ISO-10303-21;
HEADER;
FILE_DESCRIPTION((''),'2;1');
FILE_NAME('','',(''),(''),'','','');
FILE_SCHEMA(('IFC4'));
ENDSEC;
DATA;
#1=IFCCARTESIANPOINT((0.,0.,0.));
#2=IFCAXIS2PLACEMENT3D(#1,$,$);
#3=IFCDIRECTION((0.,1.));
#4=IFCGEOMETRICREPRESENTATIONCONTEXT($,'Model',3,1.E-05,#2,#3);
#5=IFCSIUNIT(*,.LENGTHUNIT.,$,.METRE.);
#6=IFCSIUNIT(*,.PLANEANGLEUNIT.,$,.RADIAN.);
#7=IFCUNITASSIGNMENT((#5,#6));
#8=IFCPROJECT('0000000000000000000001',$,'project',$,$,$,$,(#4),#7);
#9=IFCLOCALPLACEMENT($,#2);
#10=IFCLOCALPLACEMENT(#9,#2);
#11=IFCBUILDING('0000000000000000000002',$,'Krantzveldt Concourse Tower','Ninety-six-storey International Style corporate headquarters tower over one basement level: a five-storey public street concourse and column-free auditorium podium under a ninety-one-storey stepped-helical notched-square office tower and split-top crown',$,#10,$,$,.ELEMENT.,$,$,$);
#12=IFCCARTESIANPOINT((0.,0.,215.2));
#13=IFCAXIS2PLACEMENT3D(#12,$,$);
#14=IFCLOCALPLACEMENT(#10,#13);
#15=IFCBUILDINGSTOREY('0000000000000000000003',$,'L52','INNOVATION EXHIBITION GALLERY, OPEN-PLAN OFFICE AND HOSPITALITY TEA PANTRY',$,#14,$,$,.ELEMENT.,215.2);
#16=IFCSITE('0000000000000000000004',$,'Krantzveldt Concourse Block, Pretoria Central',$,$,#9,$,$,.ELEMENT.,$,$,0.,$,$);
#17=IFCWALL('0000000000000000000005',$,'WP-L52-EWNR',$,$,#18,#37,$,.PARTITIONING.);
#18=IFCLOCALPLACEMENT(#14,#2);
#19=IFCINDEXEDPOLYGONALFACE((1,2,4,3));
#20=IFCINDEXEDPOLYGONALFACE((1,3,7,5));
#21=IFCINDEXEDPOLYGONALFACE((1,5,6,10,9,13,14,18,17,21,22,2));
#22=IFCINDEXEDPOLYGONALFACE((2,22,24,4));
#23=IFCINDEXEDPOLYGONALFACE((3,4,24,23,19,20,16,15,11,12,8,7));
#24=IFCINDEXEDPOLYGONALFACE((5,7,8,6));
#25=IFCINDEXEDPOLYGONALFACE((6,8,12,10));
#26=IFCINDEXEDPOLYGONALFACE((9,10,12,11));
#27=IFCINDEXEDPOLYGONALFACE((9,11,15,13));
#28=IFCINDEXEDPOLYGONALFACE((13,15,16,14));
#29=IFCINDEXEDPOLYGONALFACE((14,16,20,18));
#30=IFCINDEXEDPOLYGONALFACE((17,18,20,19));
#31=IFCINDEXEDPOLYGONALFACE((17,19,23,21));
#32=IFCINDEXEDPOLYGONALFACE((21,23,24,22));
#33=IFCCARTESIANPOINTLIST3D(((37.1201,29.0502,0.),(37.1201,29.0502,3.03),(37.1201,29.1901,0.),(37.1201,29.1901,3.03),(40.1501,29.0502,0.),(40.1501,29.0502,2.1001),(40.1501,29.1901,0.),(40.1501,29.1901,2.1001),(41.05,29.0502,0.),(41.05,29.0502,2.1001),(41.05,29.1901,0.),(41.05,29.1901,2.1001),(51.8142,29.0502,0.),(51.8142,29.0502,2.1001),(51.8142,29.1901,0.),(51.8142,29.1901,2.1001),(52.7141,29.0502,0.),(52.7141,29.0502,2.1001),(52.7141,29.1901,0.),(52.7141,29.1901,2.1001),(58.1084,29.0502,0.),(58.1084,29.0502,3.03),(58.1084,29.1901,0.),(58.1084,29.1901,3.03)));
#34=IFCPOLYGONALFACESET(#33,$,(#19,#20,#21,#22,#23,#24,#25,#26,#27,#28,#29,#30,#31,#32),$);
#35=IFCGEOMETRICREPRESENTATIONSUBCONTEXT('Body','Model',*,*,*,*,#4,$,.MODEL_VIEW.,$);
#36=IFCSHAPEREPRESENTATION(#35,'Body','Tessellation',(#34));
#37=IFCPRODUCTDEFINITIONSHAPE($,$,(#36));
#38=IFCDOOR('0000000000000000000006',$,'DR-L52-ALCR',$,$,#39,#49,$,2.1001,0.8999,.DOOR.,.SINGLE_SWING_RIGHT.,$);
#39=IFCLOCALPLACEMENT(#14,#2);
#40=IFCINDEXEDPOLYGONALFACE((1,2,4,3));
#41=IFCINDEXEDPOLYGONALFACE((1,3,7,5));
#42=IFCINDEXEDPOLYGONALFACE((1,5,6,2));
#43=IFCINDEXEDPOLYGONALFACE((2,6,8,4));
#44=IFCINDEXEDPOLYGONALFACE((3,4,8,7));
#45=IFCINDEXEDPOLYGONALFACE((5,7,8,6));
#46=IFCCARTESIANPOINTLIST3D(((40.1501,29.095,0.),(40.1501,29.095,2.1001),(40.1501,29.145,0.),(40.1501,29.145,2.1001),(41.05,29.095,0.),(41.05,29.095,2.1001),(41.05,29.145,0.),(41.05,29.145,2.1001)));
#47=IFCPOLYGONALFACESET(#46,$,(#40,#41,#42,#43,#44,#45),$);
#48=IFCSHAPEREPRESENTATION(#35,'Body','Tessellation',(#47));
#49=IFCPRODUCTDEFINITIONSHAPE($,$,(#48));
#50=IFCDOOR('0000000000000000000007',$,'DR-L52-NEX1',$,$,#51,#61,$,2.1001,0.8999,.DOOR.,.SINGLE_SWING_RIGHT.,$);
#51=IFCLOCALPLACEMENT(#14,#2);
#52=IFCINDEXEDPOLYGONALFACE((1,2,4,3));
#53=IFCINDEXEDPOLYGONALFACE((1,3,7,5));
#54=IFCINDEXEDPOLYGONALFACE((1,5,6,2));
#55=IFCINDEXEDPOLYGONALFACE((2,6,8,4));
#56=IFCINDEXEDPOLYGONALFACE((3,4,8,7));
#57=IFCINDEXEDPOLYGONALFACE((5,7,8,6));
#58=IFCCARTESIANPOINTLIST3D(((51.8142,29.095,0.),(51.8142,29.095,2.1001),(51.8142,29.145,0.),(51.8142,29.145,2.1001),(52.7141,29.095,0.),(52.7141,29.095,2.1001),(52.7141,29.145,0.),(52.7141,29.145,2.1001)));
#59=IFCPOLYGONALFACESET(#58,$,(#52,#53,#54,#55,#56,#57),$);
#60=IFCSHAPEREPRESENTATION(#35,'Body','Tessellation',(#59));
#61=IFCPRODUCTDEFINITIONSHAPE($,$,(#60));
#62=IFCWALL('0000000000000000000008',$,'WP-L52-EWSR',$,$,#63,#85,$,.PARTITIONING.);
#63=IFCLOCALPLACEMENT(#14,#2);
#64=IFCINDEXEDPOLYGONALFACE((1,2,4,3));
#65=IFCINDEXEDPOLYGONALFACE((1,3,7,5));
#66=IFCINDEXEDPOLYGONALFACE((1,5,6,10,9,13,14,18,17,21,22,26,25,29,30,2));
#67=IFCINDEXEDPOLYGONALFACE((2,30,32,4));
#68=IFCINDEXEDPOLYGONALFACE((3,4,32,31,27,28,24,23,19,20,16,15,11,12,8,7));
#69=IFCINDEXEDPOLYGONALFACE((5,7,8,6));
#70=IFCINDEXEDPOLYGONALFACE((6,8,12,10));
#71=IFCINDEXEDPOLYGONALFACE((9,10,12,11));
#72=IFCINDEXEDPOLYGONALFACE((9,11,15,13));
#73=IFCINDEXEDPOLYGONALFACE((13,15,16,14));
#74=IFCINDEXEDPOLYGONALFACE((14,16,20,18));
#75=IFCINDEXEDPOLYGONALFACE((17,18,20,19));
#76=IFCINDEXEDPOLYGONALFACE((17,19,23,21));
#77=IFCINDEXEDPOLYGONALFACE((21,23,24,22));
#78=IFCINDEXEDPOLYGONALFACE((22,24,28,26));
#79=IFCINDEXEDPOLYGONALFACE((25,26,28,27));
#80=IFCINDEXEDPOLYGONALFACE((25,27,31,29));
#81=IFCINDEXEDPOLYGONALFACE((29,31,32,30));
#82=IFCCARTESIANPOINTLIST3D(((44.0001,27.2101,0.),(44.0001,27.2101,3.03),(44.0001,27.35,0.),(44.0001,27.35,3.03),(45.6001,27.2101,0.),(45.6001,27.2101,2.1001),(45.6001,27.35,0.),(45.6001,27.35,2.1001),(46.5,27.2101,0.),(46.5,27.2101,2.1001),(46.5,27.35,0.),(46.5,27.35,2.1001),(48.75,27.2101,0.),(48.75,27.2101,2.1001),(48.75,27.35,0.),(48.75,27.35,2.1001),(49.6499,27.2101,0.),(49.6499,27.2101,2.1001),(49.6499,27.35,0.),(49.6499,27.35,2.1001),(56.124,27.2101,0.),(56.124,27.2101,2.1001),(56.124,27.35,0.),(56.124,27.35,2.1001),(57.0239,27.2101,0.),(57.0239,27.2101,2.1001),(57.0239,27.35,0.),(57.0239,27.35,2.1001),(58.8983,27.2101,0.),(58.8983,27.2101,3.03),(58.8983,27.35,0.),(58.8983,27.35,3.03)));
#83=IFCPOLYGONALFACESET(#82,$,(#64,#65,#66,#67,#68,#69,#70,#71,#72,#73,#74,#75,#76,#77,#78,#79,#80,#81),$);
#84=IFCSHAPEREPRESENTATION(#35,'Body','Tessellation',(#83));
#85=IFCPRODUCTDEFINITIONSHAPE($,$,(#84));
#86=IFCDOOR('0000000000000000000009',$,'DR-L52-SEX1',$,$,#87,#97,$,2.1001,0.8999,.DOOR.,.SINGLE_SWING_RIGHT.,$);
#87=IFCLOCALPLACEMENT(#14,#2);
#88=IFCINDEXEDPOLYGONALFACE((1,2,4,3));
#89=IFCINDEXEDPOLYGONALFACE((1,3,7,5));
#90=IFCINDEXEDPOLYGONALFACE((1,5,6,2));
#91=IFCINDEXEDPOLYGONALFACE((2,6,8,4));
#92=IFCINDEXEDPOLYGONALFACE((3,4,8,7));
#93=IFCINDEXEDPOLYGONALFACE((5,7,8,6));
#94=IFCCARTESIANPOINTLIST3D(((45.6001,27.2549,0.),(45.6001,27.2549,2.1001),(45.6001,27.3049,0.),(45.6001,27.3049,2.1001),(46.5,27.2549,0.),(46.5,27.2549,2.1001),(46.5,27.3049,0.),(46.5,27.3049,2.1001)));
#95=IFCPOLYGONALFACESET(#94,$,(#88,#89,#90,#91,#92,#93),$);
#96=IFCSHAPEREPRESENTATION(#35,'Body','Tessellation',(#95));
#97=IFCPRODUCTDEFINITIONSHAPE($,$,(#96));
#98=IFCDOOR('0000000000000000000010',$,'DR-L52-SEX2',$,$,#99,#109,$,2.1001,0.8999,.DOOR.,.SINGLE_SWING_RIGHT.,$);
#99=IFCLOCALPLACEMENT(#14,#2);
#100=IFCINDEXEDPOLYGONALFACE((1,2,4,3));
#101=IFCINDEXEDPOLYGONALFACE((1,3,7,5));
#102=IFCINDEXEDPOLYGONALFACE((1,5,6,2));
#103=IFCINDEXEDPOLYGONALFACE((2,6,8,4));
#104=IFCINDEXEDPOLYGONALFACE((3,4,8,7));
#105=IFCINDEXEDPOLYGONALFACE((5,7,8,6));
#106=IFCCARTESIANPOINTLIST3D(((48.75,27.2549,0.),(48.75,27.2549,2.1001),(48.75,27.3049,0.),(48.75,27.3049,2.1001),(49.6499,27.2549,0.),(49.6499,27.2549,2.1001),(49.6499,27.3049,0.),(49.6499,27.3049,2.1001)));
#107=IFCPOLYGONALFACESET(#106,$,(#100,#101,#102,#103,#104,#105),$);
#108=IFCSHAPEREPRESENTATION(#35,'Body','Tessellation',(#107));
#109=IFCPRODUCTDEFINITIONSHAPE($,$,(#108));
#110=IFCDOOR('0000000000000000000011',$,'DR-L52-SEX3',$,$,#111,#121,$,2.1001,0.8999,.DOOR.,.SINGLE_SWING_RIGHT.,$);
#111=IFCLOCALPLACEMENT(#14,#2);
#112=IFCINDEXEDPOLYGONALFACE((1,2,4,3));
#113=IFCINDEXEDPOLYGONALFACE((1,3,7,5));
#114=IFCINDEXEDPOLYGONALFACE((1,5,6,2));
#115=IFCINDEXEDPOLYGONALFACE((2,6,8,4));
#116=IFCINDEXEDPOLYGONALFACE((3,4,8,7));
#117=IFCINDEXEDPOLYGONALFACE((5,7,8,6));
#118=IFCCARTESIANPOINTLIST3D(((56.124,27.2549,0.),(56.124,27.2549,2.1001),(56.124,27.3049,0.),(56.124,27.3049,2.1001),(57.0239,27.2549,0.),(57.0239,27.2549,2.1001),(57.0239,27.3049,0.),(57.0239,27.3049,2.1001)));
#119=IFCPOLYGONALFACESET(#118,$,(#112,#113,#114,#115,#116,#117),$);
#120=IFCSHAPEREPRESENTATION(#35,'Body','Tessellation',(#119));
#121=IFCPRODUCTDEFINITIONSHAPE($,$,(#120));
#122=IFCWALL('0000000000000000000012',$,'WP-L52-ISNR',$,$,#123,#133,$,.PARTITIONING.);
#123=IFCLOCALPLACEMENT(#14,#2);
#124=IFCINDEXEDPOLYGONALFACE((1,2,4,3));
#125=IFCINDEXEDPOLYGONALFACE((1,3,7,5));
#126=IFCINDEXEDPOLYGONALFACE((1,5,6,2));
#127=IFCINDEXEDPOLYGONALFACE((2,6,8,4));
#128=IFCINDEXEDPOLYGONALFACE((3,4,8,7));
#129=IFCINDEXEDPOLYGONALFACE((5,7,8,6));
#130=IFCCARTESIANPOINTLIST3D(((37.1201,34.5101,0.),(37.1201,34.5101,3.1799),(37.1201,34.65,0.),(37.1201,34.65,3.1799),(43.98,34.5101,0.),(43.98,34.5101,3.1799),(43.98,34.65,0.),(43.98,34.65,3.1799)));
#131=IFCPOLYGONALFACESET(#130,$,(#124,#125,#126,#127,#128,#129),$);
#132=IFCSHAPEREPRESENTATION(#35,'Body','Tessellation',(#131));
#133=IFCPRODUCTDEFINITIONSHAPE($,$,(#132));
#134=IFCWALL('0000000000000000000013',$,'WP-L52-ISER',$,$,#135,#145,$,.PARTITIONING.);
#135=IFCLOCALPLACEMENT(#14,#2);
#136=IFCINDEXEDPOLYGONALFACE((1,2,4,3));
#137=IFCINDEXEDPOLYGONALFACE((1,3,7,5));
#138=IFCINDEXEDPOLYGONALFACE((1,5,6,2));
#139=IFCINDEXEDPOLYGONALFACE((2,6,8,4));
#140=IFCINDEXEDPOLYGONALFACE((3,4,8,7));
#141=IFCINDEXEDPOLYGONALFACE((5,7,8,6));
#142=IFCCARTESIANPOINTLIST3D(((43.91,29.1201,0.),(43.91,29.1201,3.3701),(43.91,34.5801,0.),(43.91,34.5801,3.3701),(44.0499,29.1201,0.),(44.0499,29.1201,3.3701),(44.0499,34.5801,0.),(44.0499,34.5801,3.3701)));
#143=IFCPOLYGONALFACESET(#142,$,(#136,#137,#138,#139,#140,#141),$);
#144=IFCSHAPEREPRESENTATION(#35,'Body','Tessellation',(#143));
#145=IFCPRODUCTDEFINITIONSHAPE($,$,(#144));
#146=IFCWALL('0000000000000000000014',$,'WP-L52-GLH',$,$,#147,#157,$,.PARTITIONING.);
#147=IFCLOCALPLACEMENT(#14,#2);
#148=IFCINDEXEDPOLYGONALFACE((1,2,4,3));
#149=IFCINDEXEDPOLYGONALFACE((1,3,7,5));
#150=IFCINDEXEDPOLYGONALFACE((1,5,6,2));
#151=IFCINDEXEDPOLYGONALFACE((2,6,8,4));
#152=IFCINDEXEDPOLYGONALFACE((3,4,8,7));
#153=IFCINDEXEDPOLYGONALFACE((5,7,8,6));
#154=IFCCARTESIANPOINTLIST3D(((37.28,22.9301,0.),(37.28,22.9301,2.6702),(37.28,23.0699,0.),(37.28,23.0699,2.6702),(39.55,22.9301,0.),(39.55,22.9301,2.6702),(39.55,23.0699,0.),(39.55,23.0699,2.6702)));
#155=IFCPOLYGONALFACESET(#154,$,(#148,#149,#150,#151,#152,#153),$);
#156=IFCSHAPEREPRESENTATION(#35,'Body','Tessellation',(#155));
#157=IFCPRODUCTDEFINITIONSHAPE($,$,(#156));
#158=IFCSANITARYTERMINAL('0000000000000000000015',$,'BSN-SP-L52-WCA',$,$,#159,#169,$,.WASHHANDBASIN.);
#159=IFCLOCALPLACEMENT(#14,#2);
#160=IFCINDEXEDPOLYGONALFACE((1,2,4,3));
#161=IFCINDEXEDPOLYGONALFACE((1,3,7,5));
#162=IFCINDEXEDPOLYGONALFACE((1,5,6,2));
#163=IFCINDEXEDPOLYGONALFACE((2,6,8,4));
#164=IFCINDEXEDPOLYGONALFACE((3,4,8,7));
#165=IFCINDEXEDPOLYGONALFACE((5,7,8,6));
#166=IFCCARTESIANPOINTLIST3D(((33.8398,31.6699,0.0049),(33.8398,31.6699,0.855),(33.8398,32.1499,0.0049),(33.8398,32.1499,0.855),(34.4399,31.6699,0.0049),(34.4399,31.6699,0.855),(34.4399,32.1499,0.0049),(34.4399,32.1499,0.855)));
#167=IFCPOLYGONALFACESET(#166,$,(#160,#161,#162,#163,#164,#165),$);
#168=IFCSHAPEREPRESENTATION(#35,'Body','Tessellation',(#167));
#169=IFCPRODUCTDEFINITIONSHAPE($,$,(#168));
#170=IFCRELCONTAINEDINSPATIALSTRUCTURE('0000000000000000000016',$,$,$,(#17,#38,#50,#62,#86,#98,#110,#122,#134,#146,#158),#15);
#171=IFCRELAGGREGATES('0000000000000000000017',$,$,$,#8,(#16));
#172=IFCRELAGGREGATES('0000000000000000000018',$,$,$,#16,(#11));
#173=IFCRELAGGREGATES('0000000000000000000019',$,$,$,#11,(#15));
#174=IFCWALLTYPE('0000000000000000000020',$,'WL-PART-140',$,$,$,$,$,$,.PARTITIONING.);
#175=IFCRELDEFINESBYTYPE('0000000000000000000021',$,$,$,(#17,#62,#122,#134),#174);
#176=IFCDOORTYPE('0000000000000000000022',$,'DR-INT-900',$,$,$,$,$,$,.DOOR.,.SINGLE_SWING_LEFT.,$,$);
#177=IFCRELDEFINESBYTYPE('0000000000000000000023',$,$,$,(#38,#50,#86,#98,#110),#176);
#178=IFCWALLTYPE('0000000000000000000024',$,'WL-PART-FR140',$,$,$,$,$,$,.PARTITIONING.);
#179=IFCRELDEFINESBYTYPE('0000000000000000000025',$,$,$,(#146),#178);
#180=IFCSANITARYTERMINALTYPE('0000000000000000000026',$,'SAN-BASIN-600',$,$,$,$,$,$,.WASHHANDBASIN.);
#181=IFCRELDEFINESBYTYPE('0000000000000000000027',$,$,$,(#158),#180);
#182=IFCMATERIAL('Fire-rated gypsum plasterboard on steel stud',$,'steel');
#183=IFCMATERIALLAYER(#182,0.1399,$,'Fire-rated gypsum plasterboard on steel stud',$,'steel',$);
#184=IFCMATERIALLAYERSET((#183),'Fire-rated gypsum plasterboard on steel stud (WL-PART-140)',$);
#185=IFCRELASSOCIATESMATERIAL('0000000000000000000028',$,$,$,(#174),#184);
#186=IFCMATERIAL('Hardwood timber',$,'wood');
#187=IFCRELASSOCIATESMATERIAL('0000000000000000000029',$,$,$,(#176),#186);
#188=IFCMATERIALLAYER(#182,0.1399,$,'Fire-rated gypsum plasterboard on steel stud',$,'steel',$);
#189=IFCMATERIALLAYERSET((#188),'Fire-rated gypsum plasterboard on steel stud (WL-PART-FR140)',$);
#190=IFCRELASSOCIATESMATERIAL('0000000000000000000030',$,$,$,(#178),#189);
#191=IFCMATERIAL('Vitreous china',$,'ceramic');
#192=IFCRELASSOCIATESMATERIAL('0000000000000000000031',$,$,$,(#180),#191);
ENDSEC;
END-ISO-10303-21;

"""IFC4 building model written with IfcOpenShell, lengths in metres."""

from ifc_helpers import new_model, si_unit, direction, frame, frame_2d, origin, origin_2d, place, context, subcontext, project, spatial, rectangle, extrude, source, transform, mapped, material, layer, layer_set, type_object, type_shapes, element, fill, save


model = new_model("IFC4")

# Units and contexts
model_context = context("Model", 3, precision=1e-05, world=origin(), true_north=direction((0.0, 1.0)))
body_context = subcontext(model_context, "Body", "Model", "MODEL_VIEW")
ifc_project = project(units=[si_unit("LENGTHUNIT", "METRE"), si_unit("PLANEANGLEUNIT", "RADIAN")], contexts=[model_context])

# Site, building, storey
site_placement = place(None, origin())
site = spatial("IfcSite", under=ifc_project, at=site_placement, Name="Krantzveldt Concourse Block, Pretoria Central", CompositionType="ELEMENT", RefElevation=0.0)
building_placement = place(site_placement, origin())
building = spatial("IfcBuilding", under=site, at=building_placement, Name="Krantzveldt Concourse Tower", Description="Ninety-six-storey International Style corporate headquarters tower over one basement level: a five-storey public street concourse and column-free auditorium podium under a ninety-one-storey stepped-helical notched-square office tower and split-top crown", CompositionType="ELEMENT")
storey_placement = place(building_placement, frame((0.0, 0.0, 215.2)))
storey = spatial("IfcBuildingStorey", under=building, at=storey_placement, Name="L52", Description="INNOVATION EXHIBITION GALLERY, OPEN-PLAN OFFICE AND HOSPITALITY TEA PANTRY", CompositionType="ELEMENT", Elevation=215.2)

# Shared definitions
ifc_material_1 = material(Name="Fire-rated gypsum plasterboard on steel stud", Category="steel")

# Walls, openings, doors
ifc_layer_1 = layer(ifc_material_1, 0.1399, Name="Fire-rated gypsum plasterboard on steel stud", Category="steel")
ifc_layer_set_1 = layer_set([ifc_layer_1], Name="Fire-rated gypsum plasterboard on steel stud (WL-PART-140)")
wall_type_1 = type_object("IfcWallType", Name="WL-PART-140", PredefinedType="PARTITIONING", material=ifc_layer_set_1)
ifc_material_2 = material(Name="Hardwood timber", Category="wood")
door_type_1 = type_object("IfcDoorType", Name="DR-INT-900", OperationType="SINGLE_SWING_LEFT", PredefinedType="DOOR", material=ifc_material_2)
wall_1_placement = place(storey_placement, frame((37.1201, 29.1201, 0.0), z_axis=(0.0, 0.0, 1.0), x_axis=(1.0, 0.0, 0.0)))
wall_1 = element("IfcWall", 1, at=wall_1_placement, inside=storey, type_object=wall_type_1, Name="WP-L52-EWNR", PredefinedType="PARTITIONING", context=body_context, shape_type="SweptSolid", body=[
    extrude(rectangle(XDim=20.9883, YDim=0.1399, at=frame_2d((10.4941, 0.0))), origin(), (0.0, 0.0, 1.0), 3.03),
])
opening_1_placement = place(wall_1_placement, frame((3.03, 0.0, 0.0)))
opening_1 = element("IfcOpeningElement", 2, at=opening_1_placement, cuts=wall_1, PredefinedType="OPENING", context=body_context, shape_type="SweptSolid", body=[
    extrude(rectangle(XDim=0.8999, YDim=2.1001, at=frame_2d((0.45, 1.05))), frame((0.0, 0.0801, 0.0), z_axis=(0.0, -1.0, 0.0), x_axis=(1.0, 0.0, 0.0)), (0.0, 0.0, 1.0), 0.1599),
])
opening_2_placement = place(wall_1_placement, frame((14.6941, 0.0, 0.0)))
opening_2 = element("IfcOpeningElement", 3, at=opening_2_placement, cuts=wall_1, PredefinedType="OPENING", context=body_context, shape_type="SweptSolid", body=[
    extrude(rectangle(XDim=0.8999, YDim=2.1001, at=frame_2d((0.45, 1.05))), frame((0.0, 0.0801, 0.0), z_axis=(0.0, -1.0, 0.0), x_axis=(1.0, 0.0, 0.0)), (0.0, 0.0, 1.0), 0.1599),
])
door_1_placement = place(opening_1_placement, origin())
door_1 = element("IfcDoor", 4, at=door_1_placement, inside=storey, type_object=door_type_1, Name="DR-L52-ALCR", OperationType="SINGLE_SWING_RIGHT", OverallHeight=2.1001, OverallWidth=0.8999, PredefinedType="DOOR", context=body_context, shape_type="SweptSolid", body=[
    extrude(rectangle(XDim=0.8999, YDim=2.1001, at=frame_2d((0.45, 1.05))), frame((0.0, 0.0249, 0.0), z_axis=(0.0, -1.0, 0.0), x_axis=(1.0, 0.0, 0.0)), (0.0, 0.0, 1.0), 0.05),
])
fill(opening_1, door_1)
door_2_placement = place(opening_2_placement, origin())
door_2 = element("IfcDoor", 5, at=door_2_placement, inside=storey, type_object=door_type_1, Name="DR-L52-NEX1", OperationType="SINGLE_SWING_RIGHT", OverallHeight=2.1001, OverallWidth=0.8999, PredefinedType="DOOR", context=body_context, shape_type="SweptSolid", body=[
    extrude(rectangle(XDim=0.8999, YDim=2.1001, at=frame_2d((0.45, 1.05))), frame((0.0, 0.0249, 0.0), z_axis=(0.0, -1.0, 0.0), x_axis=(1.0, 0.0, 0.0)), (0.0, 0.0, 1.0), 0.05),
])
fill(opening_2, door_2)
wall_2_placement = place(storey_placement, frame((44.0, 27.28, 0.0), z_axis=(0.0, 0.0, 1.0), x_axis=(1.0, 0.0, 0.0)))
wall_2 = element("IfcWall", 6, at=wall_2_placement, inside=storey, type_object=wall_type_1, Name="WP-L52-EWSR", PredefinedType="PARTITIONING", context=body_context, shape_type="SweptSolid", body=[
    extrude(rectangle(XDim=14.8982, YDim=0.1399, at=frame_2d((7.4492, 0.0))), origin(), (0.0, 0.0, 1.0), 3.03),
])
opening_3_placement = place(wall_2_placement, frame((1.6001, 0.0, 0.0)))
opening_3 = element("IfcOpeningElement", 7, at=opening_3_placement, cuts=wall_2, PredefinedType="OPENING", context=body_context, shape_type="SweptSolid", body=[
    extrude(rectangle(XDim=0.8999, YDim=2.1001, at=frame_2d((0.45, 1.05))), frame((0.0, 0.0801, 0.0), z_axis=(0.0, -1.0, 0.0), x_axis=(1.0, 0.0, 0.0)), (0.0, 0.0, 1.0), 0.1599),
])
opening_4_placement = place(wall_2_placement, frame((4.75, 0.0, 0.0)))
opening_4 = element("IfcOpeningElement", 8, at=opening_4_placement, cuts=wall_2, PredefinedType="OPENING", context=body_context, shape_type="SweptSolid", body=[
    extrude(rectangle(XDim=0.8999, YDim=2.1001, at=frame_2d((0.45, 1.05))), frame((0.0, 0.0801, 0.0), z_axis=(0.0, -1.0, 0.0), x_axis=(1.0, 0.0, 0.0)), (0.0, 0.0, 1.0), 0.1599),
])
opening_5_placement = place(wall_2_placement, frame((12.124, 0.0, 0.0)))
opening_5 = element("IfcOpeningElement", 9, at=opening_5_placement, cuts=wall_2, PredefinedType="OPENING", context=body_context, shape_type="SweptSolid", body=[
    extrude(rectangle(XDim=0.8999, YDim=2.1001, at=frame_2d((0.45, 1.05))), frame((0.0, 0.0801, 0.0), z_axis=(0.0, -1.0, 0.0), x_axis=(1.0, 0.0, 0.0)), (0.0, 0.0, 1.0), 0.1599),
])
door_3_placement = place(opening_3_placement, origin())
door_3 = element("IfcDoor", 10, at=door_3_placement, inside=storey, type_object=door_type_1, Name="DR-L52-SEX1", OperationType="SINGLE_SWING_RIGHT", OverallHeight=2.1001, OverallWidth=0.8999, PredefinedType="DOOR", context=body_context, shape_type="SweptSolid", body=[
    extrude(rectangle(XDim=0.8999, YDim=2.1001, at=frame_2d((0.45, 1.05))), frame((0.0, 0.0249, 0.0), z_axis=(0.0, -1.0, 0.0), x_axis=(1.0, 0.0, 0.0)), (0.0, 0.0, 1.0), 0.05),
])
fill(opening_3, door_3)
door_4_placement = place(opening_4_placement, origin())
door_4 = element("IfcDoor", 11, at=door_4_placement, inside=storey, type_object=door_type_1, Name="DR-L52-SEX2", OperationType="SINGLE_SWING_RIGHT", OverallHeight=2.1001, OverallWidth=0.8999, PredefinedType="DOOR", context=body_context, shape_type="SweptSolid", body=[
    extrude(rectangle(XDim=0.8999, YDim=2.1001, at=frame_2d((0.45, 1.05))), frame((0.0, 0.0249, 0.0), z_axis=(0.0, -1.0, 0.0), x_axis=(1.0, 0.0, 0.0)), (0.0, 0.0, 1.0), 0.05),
])
fill(opening_4, door_4)
door_5_placement = place(opening_5_placement, origin())
door_5 = element("IfcDoor", 12, at=door_5_placement, inside=storey, type_object=door_type_1, Name="DR-L52-SEX3", OperationType="SINGLE_SWING_RIGHT", OverallHeight=2.1001, OverallWidth=0.8999, PredefinedType="DOOR", context=body_context, shape_type="SweptSolid", body=[
    extrude(rectangle(XDim=0.8999, YDim=2.1001, at=frame_2d((0.45, 1.05))), frame((0.0, 0.0249, 0.0), z_axis=(0.0, -1.0, 0.0), x_axis=(1.0, 0.0, 0.0)), (0.0, 0.0, 1.0), 0.05),
])
fill(opening_5, door_5)

# Walls
wall_3_placement = place(storey_placement, frame((37.1201, 34.5801, 0.0), z_axis=(0.0, 0.0, 1.0), x_axis=(1.0, 0.0, 0.0)))
element("IfcWall", 13, at=wall_3_placement, inside=storey, type_object=wall_type_1, Name="WP-L52-ISNR", PredefinedType="PARTITIONING", context=body_context, shape_type="SweptSolid", body=[
    extrude(rectangle(XDim=6.8599, YDim=0.1399, at=frame_2d((3.4299, 0.0))), origin(), (0.0, 0.0, 1.0), 3.1799),
])
wall_4_placement = place(storey_placement, frame((43.98, 29.1201, 0.0), z_axis=(0.0, 0.0, 1.0), x_axis=(0.0, 1.0, 0.0)))
element("IfcWall", 14, at=wall_4_placement, inside=storey, type_object=wall_type_1, Name="WP-L52-ISER", PredefinedType="PARTITIONING", context=body_context, shape_type="SweptSolid", body=[
    extrude(rectangle(XDim=5.46, YDim=0.1399, at=frame_2d((2.73, 0.0))), origin(), (0.0, 0.0, 1.0), 3.3701),
])
ifc_layer_2 = layer(ifc_material_1, 0.1399, Name="Fire-rated gypsum plasterboard on steel stud", Category="steel")
ifc_layer_set_2 = layer_set([ifc_layer_2], Name="Fire-rated gypsum plasterboard on steel stud (WL-PART-FR140)")
wall_type_2 = type_object("IfcWallType", Name="WL-PART-FR140", PredefinedType="PARTITIONING", material=ifc_layer_set_2)
wall_5_placement = place(storey_placement, frame((37.28, 23.0, 0.0), z_axis=(0.0, 0.0, 1.0), x_axis=(1.0, 0.0, 0.0)))
element("IfcWall", 15, at=wall_5_placement, inside=storey, type_object=wall_type_2, Name="WP-L52-GLH", PredefinedType="PARTITIONING", context=body_context, shape_type="SweptSolid", body=[
    extrude(rectangle(XDim=2.27, YDim=0.1399, at=frame_2d((1.135, 0.0))), origin(), (0.0, 0.0, 1.0), 2.6702),
])

# Sanitary terminal
ifc_material_3 = material(Name="Vitreous china", Category="ceramic")
sanitary_terminal_type = type_object("IfcSanitaryTerminalType", Name="SAN-BASIN-600", PredefinedType="WASHHANDBASIN", material=ifc_material_3)
shared_shape_1 = source(origin(), body_context, "Body", "SweptSolid", [
    extrude(rectangle(XDim=0.6001, YDim=0.48, at=origin_2d()), origin(), (0.0, 0.0, 1.0), 0.8501),
])
type_shapes(sanitary_terminal_type, [shared_shape_1])
sanitary_terminal_placement = place(storey_placement, frame((34.1399, 31.9099, 0.0049), z_axis=(0.0, 0.0, 1.0), x_axis=(1.0, 0.0, 0.0)))
element("IfcSanitaryTerminal", 16, at=sanitary_terminal_placement, inside=storey, type_object=sanitary_terminal_type, Name="BSN-SP-L52-WCA", PredefinedType="WASHHANDBASIN", context=body_context, shape_type="MappedRepresentation", body=[
    mapped(shared_shape_1, transform((0.0, 0.0, 0.0), x_axis=(1.0, 0.0, 0.0), y_axis=(0.0, 1.0, 0.0), z_axis=(0.0, 0.0, 1.0), scale=1.0)),
])

save(model, "model.ifc")
